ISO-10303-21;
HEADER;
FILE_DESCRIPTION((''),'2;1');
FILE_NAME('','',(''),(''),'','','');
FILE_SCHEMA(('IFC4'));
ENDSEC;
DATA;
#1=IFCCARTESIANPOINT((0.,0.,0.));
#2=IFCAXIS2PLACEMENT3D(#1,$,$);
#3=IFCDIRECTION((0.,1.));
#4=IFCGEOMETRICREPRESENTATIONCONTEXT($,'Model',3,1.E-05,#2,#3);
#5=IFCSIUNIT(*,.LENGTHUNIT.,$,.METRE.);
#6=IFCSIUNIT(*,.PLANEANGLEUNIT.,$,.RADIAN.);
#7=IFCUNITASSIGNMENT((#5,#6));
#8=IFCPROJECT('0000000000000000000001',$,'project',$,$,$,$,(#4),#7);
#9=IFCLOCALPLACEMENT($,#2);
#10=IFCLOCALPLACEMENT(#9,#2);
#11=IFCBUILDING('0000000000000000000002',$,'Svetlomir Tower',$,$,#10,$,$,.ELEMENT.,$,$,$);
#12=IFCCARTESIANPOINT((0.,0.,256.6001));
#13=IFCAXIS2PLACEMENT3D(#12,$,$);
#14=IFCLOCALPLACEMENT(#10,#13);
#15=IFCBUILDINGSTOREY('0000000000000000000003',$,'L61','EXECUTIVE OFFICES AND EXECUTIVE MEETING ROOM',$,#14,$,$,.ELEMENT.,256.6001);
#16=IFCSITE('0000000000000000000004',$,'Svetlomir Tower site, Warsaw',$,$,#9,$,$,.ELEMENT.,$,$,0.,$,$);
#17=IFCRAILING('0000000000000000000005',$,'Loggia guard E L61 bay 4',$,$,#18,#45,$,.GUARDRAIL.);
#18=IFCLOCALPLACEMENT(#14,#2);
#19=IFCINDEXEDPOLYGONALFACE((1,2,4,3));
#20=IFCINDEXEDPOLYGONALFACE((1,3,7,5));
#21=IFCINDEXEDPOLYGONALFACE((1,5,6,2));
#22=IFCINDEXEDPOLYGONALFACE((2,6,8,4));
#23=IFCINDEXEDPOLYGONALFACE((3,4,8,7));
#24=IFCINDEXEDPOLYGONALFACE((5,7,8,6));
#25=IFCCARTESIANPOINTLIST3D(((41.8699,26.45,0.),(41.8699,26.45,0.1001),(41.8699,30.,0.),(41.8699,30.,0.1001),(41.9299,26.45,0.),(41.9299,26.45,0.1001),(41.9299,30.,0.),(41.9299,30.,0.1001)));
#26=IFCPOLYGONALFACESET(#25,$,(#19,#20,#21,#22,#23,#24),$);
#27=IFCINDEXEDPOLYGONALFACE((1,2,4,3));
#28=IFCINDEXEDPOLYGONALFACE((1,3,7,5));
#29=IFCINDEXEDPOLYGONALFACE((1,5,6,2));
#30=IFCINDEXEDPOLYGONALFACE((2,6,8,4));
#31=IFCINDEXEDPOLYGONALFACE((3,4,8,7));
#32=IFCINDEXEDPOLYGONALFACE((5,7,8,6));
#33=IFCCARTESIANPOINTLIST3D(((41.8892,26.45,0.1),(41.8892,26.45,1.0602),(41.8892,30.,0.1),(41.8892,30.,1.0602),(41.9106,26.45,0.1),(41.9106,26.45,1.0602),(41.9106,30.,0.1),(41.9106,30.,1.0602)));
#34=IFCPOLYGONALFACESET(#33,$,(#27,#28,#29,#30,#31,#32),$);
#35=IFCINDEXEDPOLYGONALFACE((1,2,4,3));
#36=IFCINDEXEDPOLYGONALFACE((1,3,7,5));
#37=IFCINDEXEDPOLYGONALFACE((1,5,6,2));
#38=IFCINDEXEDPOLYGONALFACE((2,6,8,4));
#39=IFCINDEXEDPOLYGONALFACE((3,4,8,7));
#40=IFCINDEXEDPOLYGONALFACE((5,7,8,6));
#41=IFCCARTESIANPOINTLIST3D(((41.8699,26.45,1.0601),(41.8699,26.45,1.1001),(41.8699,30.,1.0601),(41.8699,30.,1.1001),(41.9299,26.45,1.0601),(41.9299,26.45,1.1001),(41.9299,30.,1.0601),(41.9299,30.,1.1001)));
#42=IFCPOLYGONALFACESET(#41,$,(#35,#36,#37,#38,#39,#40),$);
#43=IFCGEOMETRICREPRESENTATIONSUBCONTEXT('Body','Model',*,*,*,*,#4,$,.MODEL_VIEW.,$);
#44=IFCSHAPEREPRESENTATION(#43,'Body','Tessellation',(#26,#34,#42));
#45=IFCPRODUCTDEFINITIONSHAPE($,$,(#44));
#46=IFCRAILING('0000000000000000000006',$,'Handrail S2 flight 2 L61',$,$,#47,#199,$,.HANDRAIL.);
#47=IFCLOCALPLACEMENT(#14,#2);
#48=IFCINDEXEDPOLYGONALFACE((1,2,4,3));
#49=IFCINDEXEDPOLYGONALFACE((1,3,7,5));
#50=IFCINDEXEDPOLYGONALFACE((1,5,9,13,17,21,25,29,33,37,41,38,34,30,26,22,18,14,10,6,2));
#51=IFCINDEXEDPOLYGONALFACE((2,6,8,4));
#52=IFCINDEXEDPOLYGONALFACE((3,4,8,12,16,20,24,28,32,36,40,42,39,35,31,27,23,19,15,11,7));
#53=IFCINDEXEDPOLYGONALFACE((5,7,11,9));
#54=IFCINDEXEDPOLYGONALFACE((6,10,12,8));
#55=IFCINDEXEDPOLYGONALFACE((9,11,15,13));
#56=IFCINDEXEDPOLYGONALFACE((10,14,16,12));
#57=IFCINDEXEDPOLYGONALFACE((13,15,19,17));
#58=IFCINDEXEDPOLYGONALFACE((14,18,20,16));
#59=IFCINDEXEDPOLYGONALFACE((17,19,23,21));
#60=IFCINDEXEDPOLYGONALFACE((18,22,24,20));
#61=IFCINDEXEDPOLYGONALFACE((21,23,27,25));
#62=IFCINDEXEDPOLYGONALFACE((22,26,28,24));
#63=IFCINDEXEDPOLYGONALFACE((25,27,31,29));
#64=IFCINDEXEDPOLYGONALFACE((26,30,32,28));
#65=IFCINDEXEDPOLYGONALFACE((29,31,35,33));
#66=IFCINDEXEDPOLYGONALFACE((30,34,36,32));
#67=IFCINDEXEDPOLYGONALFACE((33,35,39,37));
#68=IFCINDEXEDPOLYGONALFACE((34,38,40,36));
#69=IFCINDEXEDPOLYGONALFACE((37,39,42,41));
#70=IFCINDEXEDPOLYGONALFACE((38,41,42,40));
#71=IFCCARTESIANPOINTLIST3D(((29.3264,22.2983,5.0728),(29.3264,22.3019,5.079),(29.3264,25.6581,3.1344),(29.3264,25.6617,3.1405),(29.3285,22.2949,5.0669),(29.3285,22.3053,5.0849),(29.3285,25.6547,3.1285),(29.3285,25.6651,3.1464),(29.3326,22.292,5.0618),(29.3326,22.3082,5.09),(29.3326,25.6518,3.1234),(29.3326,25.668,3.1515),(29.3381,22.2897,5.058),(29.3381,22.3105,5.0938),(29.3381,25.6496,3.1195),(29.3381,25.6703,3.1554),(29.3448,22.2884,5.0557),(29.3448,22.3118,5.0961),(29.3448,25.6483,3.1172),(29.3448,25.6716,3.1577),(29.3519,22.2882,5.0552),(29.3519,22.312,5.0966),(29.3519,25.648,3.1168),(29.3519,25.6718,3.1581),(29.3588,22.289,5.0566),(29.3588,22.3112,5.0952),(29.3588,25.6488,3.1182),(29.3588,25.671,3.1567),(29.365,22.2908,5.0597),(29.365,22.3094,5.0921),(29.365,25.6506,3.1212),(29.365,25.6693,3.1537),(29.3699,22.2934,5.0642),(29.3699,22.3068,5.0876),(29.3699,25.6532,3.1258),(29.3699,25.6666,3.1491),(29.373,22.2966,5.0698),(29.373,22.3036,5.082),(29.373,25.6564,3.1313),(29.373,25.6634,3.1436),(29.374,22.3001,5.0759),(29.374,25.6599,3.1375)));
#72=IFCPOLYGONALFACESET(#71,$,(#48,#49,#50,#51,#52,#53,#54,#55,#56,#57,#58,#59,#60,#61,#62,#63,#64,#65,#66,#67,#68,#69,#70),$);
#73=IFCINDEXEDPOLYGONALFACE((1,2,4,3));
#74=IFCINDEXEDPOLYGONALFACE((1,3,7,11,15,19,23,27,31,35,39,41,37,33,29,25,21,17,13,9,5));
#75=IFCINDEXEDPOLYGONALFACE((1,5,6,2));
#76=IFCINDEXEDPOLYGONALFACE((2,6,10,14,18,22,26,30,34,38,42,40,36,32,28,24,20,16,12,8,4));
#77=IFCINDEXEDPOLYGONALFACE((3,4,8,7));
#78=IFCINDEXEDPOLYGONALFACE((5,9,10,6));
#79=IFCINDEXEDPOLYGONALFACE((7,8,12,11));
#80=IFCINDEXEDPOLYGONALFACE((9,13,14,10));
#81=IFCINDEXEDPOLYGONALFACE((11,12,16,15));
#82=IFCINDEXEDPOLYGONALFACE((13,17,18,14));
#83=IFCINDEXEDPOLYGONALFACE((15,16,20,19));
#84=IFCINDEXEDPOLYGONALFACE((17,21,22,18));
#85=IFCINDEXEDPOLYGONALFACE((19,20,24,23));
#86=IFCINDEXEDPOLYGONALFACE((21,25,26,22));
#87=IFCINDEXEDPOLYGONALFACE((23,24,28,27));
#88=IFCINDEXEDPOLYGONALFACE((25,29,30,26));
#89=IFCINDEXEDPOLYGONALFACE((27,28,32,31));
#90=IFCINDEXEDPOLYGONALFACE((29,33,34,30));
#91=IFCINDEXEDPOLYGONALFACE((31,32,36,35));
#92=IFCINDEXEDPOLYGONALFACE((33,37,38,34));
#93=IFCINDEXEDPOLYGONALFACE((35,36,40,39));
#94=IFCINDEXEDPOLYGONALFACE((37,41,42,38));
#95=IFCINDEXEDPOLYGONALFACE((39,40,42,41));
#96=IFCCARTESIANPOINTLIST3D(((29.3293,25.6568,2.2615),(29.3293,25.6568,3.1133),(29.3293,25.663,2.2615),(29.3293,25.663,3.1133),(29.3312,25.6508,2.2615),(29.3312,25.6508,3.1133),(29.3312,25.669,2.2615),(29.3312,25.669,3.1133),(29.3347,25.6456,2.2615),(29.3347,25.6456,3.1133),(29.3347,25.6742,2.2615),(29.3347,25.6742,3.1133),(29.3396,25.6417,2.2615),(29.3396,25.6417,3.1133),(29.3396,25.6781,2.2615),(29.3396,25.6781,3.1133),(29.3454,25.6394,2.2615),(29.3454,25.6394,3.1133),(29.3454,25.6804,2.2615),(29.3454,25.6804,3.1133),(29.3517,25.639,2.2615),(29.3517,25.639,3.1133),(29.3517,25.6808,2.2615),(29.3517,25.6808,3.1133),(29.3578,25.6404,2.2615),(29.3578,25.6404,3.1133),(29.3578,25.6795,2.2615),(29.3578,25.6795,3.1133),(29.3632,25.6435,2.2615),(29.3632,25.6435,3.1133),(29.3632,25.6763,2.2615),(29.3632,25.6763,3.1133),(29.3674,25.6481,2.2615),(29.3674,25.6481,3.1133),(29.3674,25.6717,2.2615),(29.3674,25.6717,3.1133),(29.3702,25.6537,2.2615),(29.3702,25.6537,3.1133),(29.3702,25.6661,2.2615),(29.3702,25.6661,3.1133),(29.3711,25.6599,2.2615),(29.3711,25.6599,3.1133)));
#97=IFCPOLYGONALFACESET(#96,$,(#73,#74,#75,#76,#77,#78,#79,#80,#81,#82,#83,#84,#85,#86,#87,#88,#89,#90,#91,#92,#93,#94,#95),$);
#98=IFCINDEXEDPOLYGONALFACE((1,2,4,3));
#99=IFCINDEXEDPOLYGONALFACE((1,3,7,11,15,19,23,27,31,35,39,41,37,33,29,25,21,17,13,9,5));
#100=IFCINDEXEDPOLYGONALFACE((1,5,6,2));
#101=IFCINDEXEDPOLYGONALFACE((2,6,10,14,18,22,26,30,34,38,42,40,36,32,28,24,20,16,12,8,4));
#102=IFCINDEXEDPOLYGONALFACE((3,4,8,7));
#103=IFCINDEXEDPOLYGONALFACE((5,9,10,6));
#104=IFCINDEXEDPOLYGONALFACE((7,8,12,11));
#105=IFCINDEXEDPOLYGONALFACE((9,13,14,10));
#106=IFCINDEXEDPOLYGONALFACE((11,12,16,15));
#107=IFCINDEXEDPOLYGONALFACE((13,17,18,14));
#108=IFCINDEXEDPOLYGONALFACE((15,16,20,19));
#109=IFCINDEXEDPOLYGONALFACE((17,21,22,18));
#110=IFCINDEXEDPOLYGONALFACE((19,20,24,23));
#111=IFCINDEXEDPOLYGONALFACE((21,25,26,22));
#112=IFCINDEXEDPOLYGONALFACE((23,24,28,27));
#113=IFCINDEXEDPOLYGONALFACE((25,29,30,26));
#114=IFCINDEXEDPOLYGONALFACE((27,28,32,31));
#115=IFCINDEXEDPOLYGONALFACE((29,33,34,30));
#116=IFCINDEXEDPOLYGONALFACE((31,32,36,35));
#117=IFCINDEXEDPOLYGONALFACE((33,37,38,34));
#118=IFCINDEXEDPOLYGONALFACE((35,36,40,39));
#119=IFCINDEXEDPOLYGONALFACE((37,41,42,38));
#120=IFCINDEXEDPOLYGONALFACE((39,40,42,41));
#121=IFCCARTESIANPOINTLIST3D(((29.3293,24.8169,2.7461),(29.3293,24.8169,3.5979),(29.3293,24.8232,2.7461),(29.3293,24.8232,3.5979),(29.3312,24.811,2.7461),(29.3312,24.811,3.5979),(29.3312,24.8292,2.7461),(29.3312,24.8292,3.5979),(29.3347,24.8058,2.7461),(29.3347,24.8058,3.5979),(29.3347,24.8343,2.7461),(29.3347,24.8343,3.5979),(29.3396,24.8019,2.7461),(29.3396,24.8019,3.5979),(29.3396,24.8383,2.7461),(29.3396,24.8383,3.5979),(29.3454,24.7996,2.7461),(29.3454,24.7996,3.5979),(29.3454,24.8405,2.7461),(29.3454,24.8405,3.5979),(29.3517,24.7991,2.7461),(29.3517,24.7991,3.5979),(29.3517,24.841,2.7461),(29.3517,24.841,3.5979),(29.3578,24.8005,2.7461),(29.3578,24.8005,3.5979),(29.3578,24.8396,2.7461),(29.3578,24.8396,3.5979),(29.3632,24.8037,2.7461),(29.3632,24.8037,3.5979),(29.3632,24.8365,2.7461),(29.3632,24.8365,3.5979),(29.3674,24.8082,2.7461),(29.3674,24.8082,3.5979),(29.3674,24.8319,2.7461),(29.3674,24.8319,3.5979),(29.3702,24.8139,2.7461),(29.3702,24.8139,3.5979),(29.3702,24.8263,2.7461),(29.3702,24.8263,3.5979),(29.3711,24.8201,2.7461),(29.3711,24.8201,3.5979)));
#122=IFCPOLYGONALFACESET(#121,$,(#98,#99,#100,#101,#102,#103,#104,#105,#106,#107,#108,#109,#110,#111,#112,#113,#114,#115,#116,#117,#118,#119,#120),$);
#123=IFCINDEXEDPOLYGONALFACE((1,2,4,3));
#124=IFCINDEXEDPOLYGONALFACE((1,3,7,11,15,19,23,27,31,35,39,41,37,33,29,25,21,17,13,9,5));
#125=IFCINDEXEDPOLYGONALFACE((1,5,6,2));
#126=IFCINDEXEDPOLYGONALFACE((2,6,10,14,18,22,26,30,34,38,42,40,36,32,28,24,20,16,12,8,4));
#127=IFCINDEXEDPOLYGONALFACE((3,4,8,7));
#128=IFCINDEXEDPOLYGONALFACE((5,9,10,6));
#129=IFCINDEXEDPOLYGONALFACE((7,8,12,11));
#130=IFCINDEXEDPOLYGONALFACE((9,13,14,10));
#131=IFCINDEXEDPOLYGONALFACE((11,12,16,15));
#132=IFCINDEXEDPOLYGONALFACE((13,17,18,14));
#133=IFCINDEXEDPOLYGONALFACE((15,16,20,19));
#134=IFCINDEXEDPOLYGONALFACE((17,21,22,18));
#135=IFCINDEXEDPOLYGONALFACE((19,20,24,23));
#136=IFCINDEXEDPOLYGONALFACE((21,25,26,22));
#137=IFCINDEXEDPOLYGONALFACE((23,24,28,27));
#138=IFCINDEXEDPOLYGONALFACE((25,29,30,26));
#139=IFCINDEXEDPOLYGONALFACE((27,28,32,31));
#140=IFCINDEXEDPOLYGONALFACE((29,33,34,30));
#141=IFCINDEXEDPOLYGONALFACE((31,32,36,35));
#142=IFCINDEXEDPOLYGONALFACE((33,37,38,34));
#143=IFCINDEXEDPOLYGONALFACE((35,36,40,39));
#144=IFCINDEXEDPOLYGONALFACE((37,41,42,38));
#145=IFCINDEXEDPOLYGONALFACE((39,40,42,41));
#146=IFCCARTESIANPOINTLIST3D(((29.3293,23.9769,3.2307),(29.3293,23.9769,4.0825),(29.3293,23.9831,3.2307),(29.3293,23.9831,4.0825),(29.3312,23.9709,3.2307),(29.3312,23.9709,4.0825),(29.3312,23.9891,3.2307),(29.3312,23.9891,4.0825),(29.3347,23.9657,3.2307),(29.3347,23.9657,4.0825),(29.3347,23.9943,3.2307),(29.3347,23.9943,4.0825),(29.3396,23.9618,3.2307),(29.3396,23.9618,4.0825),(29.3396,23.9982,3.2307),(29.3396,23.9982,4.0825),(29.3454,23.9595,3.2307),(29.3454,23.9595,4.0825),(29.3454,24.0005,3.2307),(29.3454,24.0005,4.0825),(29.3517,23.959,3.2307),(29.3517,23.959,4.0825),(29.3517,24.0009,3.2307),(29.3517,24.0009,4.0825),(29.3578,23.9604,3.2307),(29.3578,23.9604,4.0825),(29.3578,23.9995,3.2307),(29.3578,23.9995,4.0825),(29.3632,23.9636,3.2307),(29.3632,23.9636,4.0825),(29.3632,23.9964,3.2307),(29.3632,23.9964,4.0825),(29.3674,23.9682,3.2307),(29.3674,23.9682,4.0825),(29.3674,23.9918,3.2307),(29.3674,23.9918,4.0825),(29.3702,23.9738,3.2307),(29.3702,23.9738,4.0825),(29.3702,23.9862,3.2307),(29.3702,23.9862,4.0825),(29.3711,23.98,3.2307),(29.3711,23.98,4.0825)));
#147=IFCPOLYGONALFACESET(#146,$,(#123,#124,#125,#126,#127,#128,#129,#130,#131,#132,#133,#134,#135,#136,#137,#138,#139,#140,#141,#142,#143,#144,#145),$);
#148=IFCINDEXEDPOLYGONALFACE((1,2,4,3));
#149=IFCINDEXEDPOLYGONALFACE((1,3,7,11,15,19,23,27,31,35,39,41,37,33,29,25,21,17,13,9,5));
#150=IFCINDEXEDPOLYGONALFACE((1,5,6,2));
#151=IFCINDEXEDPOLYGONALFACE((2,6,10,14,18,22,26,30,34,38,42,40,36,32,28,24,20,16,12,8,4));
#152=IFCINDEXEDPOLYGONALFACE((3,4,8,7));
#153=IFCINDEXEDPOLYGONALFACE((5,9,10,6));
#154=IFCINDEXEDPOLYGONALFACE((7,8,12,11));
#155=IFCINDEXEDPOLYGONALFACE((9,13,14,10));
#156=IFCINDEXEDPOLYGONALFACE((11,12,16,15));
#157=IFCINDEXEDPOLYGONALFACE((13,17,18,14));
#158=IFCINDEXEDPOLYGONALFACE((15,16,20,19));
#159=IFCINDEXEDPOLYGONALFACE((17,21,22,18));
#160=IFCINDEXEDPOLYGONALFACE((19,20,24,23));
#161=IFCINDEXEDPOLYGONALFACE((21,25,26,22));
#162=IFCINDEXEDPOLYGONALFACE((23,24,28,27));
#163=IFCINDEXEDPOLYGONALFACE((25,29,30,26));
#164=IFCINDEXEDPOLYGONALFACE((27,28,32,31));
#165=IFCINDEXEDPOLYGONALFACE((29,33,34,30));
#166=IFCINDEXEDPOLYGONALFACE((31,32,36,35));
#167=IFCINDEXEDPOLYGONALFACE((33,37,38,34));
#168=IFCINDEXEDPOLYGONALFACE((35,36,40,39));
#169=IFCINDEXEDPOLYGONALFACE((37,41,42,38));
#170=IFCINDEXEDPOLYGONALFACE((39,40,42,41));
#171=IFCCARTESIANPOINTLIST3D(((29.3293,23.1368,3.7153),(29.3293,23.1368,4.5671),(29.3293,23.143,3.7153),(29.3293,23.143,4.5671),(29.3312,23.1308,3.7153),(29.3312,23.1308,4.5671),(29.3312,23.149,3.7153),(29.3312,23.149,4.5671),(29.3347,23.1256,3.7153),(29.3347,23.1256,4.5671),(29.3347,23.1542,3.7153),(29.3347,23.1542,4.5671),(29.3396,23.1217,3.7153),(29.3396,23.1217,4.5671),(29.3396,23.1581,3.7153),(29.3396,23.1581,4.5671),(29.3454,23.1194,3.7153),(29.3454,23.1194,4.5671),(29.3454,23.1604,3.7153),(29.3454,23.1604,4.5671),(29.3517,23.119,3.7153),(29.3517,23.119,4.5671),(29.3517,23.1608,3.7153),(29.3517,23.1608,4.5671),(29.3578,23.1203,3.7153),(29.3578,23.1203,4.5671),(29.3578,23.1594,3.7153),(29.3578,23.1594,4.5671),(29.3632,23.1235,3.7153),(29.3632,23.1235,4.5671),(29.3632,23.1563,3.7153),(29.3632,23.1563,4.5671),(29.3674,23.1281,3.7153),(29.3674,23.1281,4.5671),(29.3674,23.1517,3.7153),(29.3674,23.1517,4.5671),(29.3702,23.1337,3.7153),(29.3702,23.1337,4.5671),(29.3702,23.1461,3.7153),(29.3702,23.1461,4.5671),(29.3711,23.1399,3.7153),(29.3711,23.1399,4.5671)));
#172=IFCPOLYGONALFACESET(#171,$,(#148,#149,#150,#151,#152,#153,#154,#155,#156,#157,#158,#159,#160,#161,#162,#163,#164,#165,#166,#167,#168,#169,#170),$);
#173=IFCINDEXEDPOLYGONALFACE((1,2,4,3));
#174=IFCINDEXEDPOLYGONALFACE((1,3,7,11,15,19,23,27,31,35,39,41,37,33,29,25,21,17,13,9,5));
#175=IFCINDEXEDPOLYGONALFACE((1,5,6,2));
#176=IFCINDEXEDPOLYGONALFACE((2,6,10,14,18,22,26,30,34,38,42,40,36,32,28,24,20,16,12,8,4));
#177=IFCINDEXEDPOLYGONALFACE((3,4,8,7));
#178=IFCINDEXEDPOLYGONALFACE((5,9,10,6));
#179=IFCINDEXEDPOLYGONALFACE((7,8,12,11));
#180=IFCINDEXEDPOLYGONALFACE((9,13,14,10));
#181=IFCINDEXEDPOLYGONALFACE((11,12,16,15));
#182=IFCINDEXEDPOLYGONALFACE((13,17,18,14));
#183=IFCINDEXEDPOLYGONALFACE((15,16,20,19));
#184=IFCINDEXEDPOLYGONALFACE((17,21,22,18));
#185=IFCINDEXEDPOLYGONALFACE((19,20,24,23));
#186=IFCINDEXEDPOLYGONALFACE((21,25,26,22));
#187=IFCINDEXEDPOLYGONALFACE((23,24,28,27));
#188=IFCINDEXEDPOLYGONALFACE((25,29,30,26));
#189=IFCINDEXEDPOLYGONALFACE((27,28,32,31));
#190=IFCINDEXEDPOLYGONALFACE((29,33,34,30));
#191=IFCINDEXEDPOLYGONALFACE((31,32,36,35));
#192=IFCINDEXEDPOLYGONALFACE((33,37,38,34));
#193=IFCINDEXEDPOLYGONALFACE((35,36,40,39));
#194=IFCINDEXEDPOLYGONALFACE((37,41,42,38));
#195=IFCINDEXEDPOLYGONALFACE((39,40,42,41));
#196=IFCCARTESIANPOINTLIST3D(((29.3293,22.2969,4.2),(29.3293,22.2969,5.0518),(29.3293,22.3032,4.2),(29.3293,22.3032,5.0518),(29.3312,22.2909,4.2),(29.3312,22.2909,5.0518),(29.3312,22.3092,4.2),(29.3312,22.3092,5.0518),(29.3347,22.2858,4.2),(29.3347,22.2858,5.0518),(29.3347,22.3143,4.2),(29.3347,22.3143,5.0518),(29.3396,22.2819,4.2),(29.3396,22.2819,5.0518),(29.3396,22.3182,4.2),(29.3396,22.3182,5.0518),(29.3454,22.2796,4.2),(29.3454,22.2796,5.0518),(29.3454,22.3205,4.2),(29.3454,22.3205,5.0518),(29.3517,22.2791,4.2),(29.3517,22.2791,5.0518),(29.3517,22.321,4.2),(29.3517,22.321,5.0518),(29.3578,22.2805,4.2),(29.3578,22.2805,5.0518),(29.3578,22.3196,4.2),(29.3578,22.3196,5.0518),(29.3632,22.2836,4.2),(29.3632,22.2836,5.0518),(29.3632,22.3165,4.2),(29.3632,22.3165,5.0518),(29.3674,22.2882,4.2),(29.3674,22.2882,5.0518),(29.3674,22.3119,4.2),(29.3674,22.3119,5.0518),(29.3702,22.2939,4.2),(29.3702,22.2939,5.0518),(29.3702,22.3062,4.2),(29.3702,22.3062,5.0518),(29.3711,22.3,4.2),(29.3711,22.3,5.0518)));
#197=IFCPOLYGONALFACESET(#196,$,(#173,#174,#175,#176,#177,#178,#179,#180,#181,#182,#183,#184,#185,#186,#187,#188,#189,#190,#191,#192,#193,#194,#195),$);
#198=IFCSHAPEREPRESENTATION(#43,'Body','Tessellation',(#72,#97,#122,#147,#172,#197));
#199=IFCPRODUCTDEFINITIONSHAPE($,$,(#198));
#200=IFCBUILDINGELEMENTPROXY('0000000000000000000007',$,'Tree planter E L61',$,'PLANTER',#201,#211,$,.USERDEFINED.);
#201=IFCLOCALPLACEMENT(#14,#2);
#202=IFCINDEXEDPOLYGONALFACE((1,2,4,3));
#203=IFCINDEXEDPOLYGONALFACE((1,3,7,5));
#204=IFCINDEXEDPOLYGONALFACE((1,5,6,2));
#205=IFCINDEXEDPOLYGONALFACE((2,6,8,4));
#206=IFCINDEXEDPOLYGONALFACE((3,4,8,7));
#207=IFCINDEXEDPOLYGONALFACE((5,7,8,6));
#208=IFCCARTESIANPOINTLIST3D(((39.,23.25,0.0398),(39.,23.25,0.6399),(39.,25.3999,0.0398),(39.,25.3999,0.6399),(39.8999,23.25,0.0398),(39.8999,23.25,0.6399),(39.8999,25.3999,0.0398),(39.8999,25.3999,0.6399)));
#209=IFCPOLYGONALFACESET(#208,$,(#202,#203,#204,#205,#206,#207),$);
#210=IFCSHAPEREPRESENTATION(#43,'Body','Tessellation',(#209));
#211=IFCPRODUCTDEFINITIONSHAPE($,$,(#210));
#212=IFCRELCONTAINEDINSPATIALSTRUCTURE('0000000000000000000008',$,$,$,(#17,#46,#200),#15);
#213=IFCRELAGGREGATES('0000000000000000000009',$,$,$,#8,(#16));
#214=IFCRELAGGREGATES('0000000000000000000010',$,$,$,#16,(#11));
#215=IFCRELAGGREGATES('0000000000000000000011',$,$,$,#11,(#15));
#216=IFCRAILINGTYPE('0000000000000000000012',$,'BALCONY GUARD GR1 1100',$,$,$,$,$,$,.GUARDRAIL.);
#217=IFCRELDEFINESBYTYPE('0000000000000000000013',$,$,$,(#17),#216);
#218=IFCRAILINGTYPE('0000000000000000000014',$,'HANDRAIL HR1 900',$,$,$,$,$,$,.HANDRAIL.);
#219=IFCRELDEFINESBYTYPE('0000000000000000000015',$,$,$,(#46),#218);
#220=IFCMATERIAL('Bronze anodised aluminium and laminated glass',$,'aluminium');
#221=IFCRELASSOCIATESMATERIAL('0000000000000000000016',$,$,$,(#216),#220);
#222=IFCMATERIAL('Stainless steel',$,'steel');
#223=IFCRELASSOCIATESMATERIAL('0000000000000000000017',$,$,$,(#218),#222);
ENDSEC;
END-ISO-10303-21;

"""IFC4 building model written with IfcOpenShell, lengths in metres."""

from ifc_helpers import new_model, si_unit, direction, frame, origin, origin_2d, place, context, subcontext, project, spatial, rectangle, circle, extrude, material, type_object, element, save


model = new_model("IFC4")

# Units and contexts
model_context = context("Model", 3, precision=1e-05, world=origin(), true_north=direction((0.0, 1.0)))
body_context = subcontext(model_context, "Body", "Model", "MODEL_VIEW")
ifc_project = project(units=[si_unit("LENGTHUNIT", "METRE"), si_unit("PLANEANGLEUNIT", "RADIAN")], contexts=[model_context])

# Site, building, storey
site_placement = place(None, origin())
site = spatial("IfcSite", under=ifc_project, at=site_placement, Name="Svetlomir Tower site, Warsaw", CompositionType="ELEMENT", RefElevation=0.0)
building_placement = place(site_placement, origin())
building = spatial("IfcBuilding", under=site, at=building_placement, Name="Svetlomir Tower", CompositionType="ELEMENT")
storey_placement = place(building_placement, frame((0.0, 0.0, 256.6001)))
storey = spatial("IfcBuildingStorey", under=building, at=storey_placement, Name="L61", Description="EXECUTIVE OFFICES AND EXECUTIVE MEETING ROOM", CompositionType="ELEMENT", Elevation=256.6001)

# Railings
ifc_material_1 = material(Name="Bronze anodised aluminium and laminated glass", Category="aluminium")
railing_type_1 = type_object("IfcRailingType", Name="BALCONY GUARD GR1 1100", PredefinedType="GUARDRAIL", material=ifc_material_1)
for number, where, name in (
    (1, (41.8999, 26.45, 0.0), "Loggia guard E L61 bay 4"),
):
    element("IfcRailing", number, at=place(storey_placement, frame(where)), inside=storey, type_object=railing_type_1, Name=name, PredefinedType="GUARDRAIL", context=body_context, shape_type="SweptSolid", body=[
        extrude(rectangle(XDim=0.0601, YDim=0.1001, at=origin_2d()), frame((0.0, 0.0, 0.05), z_axis=(0.0, 1.0, 0.0), x_axis=(-1.0, 0.0, 0.0)), (0.0, 0.0, 1.0), 3.55),
        extrude(rectangle(XDim=0.0215, YDim=0.9602, at=origin_2d()), frame((0.0, 0.0, 0.5801), z_axis=(0.0, 1.0, 0.0), x_axis=(-1.0, 0.0, 0.0)), (0.0, 0.0, 1.0), 3.55),
        extrude(rectangle(XDim=0.0601, YDim=0.04, at=origin_2d()), frame((0.0, 0.0, 1.0801), z_axis=(0.0, 1.0, 0.0), x_axis=(-1.0, 0.0, 0.0)), (0.0, 0.0, 1.0), 3.55),
    ])
ifc_material_2 = material(Name="Stainless steel", Category="steel")
railing_type_2 = type_object("IfcRailingType", Name="HANDRAIL HR1 900", PredefinedType="HANDRAIL", material=ifc_material_2)
railing_placement = place(storey_placement, frame((29.3501, 25.6599, 2.2615)))
element("IfcRailing", 2, at=railing_placement, inside=storey, type_object=railing_type_2, Name="Handrail S2 flight 2 L61", PredefinedType="HANDRAIL", context=body_context, shape_type="SweptSolid", body=[
    extrude(circle(Radius=0.0239, at=origin_2d()), frame((0.0, 0.0, 0.876), z_axis=(0.0, -0.866175, 0.499741), x_axis=(1.0, 0.0, 0.0)), (0.0, 0.0, 1.0), 3.8789),
    extrude(circle(Radius=0.021, at=origin_2d()), origin(), (0.0, 0.0, 1.0), 0.8518),
    extrude(circle(Radius=0.021, at=origin_2d()), frame((0.0, -0.8398, 0.4846)), (0.0, 0.0, 1.0), 0.8518),
    extrude(circle(Radius=0.021, at=origin_2d()), frame((0.0, -1.6799, 0.9692)), (0.0, 0.0, 1.0), 0.8518),
    extrude(circle(Radius=0.021, at=origin_2d()), frame((0.0, -2.52, 1.4539)), (0.0, 0.0, 1.0), 0.8518),
    extrude(circle(Radius=0.021, at=origin_2d()), frame((0.0, -3.3599, 1.9385)), (0.0, 0.0, 1.0), 0.8518),
])

# Building element proxy
proxy_placement = place(storey_placement, frame((39.45, 24.325, 0.0398), z_axis=(0.0, 0.0, 1.0), x_axis=(1.0, 0.0, 0.0)))
element("IfcBuildingElementProxy", 3, at=proxy_placement, inside=storey, Name="Tree planter E L61", ObjectType="PLANTER", PredefinedType="USERDEFINED", context=body_context, shape_type="SweptSolid", body=[
    extrude(rectangle(XDim=0.8999, YDim=2.1499, at=origin_2d()), origin(), (0.0, 0.0, 1.0), 0.6001),
])

save(model, "model.ifc")
